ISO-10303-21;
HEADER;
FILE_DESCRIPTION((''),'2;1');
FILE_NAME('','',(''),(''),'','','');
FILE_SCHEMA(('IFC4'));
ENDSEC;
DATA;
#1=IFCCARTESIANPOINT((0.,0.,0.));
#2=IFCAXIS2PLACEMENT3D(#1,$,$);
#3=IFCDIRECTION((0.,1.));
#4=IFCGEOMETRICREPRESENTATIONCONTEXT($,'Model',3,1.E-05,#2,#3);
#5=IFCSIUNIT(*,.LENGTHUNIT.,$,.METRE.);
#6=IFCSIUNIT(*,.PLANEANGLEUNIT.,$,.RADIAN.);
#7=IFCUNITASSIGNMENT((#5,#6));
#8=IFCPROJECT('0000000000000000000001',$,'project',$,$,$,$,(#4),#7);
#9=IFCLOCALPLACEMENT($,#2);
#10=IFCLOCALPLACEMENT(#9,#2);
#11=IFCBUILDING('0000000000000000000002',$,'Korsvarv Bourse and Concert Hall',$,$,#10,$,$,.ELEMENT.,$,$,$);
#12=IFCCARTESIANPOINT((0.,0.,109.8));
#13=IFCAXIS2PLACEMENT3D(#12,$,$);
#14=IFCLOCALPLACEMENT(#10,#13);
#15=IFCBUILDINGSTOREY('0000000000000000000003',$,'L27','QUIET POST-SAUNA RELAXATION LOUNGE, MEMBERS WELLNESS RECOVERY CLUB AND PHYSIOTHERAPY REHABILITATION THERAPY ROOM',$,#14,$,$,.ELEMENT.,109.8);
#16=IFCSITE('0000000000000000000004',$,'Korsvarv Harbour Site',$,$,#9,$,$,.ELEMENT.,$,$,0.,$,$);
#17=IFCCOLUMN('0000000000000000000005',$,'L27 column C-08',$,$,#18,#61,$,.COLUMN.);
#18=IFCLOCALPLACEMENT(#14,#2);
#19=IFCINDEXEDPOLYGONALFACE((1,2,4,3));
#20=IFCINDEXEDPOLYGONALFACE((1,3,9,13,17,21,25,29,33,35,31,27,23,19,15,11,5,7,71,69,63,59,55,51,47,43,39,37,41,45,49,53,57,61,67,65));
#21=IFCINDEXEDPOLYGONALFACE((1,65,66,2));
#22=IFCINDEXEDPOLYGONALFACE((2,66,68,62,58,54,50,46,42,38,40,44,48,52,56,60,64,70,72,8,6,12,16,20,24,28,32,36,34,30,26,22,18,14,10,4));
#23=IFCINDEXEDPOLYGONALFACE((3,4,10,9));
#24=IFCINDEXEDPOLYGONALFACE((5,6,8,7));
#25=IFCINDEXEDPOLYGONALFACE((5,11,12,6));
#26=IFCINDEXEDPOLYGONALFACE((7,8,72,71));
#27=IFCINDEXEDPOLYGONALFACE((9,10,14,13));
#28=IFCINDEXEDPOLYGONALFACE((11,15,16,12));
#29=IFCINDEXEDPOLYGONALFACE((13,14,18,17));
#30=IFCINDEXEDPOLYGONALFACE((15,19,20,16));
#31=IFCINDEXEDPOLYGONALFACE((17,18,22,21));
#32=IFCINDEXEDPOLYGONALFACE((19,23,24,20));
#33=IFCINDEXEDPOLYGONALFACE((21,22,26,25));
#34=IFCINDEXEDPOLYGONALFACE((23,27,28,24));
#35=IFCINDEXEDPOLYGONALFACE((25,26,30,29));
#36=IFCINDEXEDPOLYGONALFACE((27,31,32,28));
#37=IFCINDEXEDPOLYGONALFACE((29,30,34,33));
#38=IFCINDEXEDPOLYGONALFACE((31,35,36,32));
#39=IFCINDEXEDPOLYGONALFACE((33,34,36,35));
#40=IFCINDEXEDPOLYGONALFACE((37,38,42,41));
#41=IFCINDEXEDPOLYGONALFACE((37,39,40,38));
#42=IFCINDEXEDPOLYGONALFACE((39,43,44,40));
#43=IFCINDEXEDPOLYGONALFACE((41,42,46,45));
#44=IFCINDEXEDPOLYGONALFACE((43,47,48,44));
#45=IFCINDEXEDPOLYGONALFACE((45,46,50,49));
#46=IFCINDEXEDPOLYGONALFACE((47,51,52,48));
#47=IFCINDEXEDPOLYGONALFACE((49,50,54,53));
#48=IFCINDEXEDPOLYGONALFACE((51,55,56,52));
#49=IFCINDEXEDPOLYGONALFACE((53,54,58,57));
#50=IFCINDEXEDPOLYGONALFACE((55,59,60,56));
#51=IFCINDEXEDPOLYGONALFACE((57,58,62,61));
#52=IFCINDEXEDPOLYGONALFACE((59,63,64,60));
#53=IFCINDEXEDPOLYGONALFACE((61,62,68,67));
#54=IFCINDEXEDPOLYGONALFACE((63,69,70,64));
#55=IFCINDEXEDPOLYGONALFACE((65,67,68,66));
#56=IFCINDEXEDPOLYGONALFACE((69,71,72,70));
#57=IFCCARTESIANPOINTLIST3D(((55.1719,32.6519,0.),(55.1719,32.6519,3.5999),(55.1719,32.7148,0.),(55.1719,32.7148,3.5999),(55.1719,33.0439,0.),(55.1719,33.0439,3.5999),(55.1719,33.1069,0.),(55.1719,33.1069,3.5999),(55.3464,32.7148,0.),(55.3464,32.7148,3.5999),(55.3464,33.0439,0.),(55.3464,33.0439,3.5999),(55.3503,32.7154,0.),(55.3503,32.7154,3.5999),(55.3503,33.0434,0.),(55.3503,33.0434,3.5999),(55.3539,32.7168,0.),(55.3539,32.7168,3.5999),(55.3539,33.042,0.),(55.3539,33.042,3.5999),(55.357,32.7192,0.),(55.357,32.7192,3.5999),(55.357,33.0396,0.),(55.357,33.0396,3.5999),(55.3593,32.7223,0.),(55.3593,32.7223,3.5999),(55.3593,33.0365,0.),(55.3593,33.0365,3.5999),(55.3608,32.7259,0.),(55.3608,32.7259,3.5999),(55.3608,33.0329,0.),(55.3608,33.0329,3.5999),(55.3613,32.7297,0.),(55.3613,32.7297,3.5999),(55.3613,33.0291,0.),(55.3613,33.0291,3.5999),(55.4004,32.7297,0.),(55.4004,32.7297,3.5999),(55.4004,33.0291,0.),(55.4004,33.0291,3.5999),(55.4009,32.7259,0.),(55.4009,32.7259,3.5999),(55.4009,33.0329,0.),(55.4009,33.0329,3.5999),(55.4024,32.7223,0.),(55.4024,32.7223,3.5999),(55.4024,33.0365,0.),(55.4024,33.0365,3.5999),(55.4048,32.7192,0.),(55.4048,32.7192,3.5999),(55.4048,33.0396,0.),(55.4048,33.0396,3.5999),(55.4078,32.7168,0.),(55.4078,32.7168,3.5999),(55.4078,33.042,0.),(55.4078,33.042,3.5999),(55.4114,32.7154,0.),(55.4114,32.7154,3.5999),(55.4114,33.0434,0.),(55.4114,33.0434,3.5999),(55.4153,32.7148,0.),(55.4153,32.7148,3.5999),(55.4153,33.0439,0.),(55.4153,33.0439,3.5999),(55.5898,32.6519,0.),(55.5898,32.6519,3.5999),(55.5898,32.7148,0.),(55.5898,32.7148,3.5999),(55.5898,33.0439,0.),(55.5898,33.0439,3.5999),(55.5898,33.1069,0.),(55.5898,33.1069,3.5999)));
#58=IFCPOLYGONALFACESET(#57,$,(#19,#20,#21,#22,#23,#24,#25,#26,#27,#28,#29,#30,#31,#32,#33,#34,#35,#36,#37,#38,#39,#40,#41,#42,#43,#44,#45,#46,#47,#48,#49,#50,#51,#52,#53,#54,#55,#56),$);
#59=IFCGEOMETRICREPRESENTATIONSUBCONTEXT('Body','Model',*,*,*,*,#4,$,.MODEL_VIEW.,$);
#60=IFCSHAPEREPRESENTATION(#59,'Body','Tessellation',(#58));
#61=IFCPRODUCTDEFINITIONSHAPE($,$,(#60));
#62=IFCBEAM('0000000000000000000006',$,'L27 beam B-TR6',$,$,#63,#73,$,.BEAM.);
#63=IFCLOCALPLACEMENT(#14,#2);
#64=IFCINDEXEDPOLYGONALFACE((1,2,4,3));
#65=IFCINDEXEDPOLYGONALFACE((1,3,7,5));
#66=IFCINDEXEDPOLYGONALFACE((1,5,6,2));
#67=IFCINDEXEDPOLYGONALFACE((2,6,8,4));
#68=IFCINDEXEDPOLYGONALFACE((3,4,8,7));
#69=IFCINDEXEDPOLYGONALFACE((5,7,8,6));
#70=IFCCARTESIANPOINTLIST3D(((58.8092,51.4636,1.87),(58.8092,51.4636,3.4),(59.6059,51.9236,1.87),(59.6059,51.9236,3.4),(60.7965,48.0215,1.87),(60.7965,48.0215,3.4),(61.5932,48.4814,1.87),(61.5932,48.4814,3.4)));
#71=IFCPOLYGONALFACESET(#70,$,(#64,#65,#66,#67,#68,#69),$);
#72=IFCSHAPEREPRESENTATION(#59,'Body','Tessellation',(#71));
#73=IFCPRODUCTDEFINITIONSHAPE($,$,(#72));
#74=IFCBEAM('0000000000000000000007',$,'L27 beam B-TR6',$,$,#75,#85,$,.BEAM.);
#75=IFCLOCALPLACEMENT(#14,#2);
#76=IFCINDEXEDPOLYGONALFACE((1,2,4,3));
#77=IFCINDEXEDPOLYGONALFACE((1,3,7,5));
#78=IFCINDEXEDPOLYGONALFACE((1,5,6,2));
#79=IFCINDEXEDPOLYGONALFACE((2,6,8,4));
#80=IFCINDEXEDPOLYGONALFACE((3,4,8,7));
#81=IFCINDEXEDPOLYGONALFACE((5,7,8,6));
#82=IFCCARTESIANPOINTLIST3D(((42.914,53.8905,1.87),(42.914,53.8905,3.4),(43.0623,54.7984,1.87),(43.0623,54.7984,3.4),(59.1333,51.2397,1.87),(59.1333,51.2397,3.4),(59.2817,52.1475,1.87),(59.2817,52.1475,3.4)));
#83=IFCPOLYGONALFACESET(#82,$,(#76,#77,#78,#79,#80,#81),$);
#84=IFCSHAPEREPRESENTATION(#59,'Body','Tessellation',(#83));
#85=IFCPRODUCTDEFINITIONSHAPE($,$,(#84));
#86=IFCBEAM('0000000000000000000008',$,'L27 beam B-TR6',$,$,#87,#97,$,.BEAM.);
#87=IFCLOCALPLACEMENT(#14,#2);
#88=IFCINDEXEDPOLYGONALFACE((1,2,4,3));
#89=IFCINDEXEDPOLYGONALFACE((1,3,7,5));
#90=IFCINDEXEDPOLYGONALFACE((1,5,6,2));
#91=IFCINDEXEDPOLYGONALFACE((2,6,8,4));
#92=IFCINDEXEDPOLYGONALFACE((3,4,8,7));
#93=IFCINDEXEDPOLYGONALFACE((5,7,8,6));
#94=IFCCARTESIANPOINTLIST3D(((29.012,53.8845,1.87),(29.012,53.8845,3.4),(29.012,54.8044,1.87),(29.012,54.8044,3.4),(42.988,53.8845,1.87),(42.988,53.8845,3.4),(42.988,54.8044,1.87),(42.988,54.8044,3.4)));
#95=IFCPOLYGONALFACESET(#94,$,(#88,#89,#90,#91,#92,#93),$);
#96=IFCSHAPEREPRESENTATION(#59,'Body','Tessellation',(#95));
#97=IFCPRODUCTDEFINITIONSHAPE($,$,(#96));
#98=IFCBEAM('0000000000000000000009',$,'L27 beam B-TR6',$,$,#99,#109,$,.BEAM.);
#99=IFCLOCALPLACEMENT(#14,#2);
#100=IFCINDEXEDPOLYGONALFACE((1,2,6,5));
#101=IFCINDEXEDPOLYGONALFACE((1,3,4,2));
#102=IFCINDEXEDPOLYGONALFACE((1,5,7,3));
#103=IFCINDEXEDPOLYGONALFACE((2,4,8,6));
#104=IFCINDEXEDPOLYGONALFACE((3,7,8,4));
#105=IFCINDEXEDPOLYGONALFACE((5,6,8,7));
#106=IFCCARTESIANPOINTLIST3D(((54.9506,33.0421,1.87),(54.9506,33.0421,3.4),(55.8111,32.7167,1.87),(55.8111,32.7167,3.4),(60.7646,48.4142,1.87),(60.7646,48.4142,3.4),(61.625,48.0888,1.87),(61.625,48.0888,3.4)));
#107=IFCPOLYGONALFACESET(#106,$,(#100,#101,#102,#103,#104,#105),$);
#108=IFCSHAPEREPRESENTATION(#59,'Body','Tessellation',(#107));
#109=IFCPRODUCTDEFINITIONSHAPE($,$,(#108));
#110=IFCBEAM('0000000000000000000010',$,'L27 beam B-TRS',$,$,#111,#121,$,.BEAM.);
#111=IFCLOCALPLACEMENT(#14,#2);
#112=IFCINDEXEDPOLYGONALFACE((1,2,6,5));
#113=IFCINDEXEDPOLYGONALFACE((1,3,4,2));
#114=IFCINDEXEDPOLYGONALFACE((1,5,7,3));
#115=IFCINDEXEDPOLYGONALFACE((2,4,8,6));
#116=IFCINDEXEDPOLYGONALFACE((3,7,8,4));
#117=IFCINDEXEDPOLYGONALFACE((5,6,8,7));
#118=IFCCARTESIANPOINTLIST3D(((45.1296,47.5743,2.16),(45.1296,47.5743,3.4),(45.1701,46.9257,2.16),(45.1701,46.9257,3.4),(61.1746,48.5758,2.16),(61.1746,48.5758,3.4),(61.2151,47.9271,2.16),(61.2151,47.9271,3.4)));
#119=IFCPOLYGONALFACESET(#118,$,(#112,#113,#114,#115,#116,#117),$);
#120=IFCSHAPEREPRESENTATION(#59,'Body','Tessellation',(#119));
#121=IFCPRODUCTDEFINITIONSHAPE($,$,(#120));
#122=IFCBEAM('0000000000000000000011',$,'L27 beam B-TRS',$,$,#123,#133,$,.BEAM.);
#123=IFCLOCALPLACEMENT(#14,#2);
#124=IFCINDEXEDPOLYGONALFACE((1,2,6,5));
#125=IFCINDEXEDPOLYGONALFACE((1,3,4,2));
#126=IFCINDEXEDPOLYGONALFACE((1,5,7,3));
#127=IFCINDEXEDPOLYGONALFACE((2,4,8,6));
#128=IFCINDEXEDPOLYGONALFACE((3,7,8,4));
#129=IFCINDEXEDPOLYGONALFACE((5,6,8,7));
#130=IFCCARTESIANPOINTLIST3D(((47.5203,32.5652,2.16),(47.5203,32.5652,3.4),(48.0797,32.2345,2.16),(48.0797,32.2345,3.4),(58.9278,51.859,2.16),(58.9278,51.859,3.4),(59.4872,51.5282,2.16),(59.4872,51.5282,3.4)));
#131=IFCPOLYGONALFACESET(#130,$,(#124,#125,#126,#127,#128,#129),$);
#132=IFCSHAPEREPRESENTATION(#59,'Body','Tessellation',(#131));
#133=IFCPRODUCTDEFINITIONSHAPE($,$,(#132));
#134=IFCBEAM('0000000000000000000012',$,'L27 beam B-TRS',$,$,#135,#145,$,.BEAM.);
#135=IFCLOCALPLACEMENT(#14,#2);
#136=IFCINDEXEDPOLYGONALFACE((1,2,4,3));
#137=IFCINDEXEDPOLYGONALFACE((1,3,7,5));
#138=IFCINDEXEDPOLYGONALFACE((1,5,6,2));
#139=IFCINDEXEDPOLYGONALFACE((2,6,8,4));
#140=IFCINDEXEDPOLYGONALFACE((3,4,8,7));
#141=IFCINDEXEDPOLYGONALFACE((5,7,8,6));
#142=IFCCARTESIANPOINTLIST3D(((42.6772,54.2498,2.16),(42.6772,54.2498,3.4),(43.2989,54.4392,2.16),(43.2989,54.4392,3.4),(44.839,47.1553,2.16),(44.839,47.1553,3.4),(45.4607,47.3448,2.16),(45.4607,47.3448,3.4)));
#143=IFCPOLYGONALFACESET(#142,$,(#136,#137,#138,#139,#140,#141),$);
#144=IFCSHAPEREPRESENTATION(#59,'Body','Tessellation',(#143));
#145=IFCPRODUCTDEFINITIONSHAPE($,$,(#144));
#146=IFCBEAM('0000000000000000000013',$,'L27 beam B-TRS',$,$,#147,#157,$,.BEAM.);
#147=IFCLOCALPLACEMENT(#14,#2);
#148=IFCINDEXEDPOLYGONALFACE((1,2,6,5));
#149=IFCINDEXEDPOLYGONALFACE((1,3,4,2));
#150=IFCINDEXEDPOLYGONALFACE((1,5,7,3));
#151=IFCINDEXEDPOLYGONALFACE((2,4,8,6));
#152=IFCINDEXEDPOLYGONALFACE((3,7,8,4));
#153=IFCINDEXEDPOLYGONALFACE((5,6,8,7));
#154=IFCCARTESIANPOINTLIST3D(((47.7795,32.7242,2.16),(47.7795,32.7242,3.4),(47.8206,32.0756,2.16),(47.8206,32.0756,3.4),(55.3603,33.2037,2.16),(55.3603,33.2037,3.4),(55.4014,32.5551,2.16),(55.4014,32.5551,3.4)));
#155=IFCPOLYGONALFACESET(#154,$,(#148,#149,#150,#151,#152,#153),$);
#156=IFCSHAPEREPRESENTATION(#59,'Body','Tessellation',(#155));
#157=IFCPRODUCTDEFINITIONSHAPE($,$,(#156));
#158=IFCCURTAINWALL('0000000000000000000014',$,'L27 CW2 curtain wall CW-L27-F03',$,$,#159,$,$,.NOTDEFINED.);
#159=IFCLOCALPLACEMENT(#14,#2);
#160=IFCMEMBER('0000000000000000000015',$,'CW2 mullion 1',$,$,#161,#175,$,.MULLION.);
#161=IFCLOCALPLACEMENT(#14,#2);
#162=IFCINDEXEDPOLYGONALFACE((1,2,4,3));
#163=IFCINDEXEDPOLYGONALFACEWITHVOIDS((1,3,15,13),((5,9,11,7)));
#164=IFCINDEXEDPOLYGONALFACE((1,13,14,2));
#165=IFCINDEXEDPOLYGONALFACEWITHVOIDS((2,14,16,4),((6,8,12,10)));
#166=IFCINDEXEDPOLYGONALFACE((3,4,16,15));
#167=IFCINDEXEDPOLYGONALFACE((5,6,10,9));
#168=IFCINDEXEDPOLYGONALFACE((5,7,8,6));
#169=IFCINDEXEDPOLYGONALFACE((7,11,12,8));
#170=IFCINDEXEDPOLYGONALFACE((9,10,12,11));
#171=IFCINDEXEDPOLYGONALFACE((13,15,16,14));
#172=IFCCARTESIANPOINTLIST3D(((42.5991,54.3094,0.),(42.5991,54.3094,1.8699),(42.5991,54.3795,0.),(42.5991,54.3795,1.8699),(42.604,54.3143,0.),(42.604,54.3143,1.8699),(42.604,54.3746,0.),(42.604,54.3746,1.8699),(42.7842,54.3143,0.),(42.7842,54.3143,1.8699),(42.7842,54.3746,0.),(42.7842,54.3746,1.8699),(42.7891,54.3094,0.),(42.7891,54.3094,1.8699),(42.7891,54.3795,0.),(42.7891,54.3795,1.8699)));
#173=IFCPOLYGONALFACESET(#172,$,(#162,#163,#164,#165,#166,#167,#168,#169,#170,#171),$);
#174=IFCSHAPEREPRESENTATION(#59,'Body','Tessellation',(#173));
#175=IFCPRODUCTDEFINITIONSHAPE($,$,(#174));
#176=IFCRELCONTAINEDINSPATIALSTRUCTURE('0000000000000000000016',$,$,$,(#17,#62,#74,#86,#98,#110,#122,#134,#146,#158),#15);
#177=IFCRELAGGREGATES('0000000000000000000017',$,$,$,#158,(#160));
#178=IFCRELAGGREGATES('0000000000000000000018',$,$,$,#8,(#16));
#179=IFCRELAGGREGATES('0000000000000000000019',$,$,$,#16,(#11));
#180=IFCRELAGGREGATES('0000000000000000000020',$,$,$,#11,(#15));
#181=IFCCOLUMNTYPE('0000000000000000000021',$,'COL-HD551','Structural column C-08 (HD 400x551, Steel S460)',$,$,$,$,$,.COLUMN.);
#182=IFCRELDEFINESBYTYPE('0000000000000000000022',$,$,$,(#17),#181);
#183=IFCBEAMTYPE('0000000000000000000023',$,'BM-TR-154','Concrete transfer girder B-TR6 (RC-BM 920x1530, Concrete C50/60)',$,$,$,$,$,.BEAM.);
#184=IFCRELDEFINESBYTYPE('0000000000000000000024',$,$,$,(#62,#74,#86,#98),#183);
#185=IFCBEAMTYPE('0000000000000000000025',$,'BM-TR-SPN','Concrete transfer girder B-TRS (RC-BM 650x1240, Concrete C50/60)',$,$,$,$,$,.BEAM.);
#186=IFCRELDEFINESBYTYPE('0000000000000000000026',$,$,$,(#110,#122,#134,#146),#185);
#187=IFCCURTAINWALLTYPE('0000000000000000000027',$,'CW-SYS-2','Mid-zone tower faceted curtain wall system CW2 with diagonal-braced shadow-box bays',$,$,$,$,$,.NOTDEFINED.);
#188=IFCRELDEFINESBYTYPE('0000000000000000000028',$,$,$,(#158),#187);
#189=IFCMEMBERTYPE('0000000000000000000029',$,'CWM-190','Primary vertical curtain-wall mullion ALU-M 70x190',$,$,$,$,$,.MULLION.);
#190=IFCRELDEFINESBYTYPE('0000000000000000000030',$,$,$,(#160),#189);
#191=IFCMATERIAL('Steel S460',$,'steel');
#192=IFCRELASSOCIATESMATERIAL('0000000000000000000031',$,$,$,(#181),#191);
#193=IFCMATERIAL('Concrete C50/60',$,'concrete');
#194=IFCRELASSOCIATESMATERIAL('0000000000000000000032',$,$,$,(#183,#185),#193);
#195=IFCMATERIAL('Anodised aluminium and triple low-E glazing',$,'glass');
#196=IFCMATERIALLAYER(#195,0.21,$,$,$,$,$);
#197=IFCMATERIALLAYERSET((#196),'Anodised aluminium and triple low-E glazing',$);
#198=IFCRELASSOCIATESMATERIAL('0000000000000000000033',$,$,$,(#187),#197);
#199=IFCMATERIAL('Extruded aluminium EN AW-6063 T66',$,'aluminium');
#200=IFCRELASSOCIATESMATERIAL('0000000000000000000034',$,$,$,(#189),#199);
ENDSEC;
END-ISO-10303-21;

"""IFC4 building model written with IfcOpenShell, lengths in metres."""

from ifc_helpers import new_model, si_unit, direction, frame, origin, origin_2d, place, context, subcontext, project, spatial, rectangle, hollow_rectangle, i_section, extrude, source, transform, mapped, material, layer, layer_set, material_profile, profile_set, type_object, element, aggregate, save


model = new_model("IFC4")

# Units and contexts
model_context = context("Model", 3, precision=1e-05, world=origin(), true_north=direction((0.0, 1.0)))
body_context = subcontext(model_context, "Body", "Model", "MODEL_VIEW")
ifc_project = project(units=[si_unit("LENGTHUNIT", "METRE"), si_unit("PLANEANGLEUNIT", "RADIAN")], contexts=[model_context])

# Site, building, storey
site_placement = place(None, origin())
site = spatial("IfcSite", under=ifc_project, at=site_placement, Name="Korsvarv Harbour Site", CompositionType="ELEMENT", RefElevation=0.0)
building_placement = place(site_placement, origin())
building = spatial("IfcBuilding", under=site, at=building_placement, Name="Korsvarv Bourse and Concert Hall", CompositionType="ELEMENT")
storey_placement = place(building_placement, frame((0.0, 0.0, 109.8)))
storey = spatial("IfcBuildingStorey", under=building, at=storey_placement, Name="L27", Description="QUIET POST-SAUNA RELAXATION LOUNGE, MEMBERS WELLNESS RECOVERY CLUB AND PHYSIOTHERAPY REHABILITATION THERAPY ROOM", CompositionType="ELEMENT", Elevation=109.8)

# Column
ifc_material_1 = material(Name="Steel S460", Category="steel")
ifc_material_profile_1 = material_profile(ifc_material_1, i_section(OverallWidth=0.418, OverallDepth=0.4551, WebThickness=0.0391, FlangeThickness=0.063, FilletRadius=0.0149, at=origin_2d()), Name="HD 400x551")
ifc_profile_set_1 = profile_set([ifc_material_profile_1], Name="Steel S460")
column_type_1 = type_object("IfcColumnType", Name="COL-HD551", Description="Structural column C-08 (HD 400x551, Steel S460)", PredefinedType="COLUMN", material=ifc_profile_set_1)
shared_shape_1 = source(origin(), body_context, "Body", "SweptSolid", [
    extrude(i_section(OverallWidth=0.418, OverallDepth=0.4551, WebThickness=0.0391, FlangeThickness=0.063, FilletRadius=0.0149, at=origin_2d()), origin(), (0.0, 0.0, 1.0), 3.5999),
])
for number, where, z_axis, x_axis, name in (
    (1, (55.3809, 32.8794, 0.0), (0.0, 0.0, 1.0), (1.0, 0.0, 0.0), "L27 column C-08"),
):
    element("IfcColumn", number, at=place(storey_placement, frame(where, z_axis=z_axis, x_axis=x_axis)), inside=storey, type_object=column_type_1, Name=name, PredefinedType="COLUMN", context=body_context, shape_type="MappedRepresentation", body=[
        mapped(shared_shape_1, transform((0.0, 0.0, 0.0), scale=1.0)),
    ])

# Beams
ifc_material_2 = material(Name="Concrete C50/60", Category="concrete")
ifc_material_profile_2 = material_profile(ifc_material_2, rectangle(XDim=0.9199, YDim=1.53, at=origin_2d()), Name="RC-BM 920x1530")
ifc_profile_set_2 = profile_set([ifc_material_profile_2], Name="Concrete C50/60")
beam_type_1 = type_object("IfcBeamType", Name="BM-TR-154", Description="Concrete transfer girder B-TR6 (RC-BM 920x1530, Concrete C50/60)", PredefinedType="BEAM", material=ifc_profile_set_2)
shared_shape_2 = source(origin(), body_context, "Body", "SweptSolid", [
    extrude(rectangle(XDim=0.9199, YDim=1.53, at=origin_2d()), origin(), (0.0, 0.0, 1.0), 3.9746),
])
beam_1_placement = place(storey_placement, frame((61.1948, 48.2515, 2.635), z_axis=(-0.499997, 0.866027, 0.0), x_axis=(-0.866027, -0.499997, 0.0)))
element("IfcBeam", 2, at=beam_1_placement, inside=storey, type_object=beam_type_1, Name="L27 beam B-TR6", PredefinedType="BEAM", context=body_context, shape_type="MappedRepresentation", body=[
    mapped(shared_shape_2, transform((0.0, 0.0, 0.0), scale=1.0)),
])
shared_shape_3 = source(origin(), body_context, "Body", "SweptSolid", [
    extrude(rectangle(XDim=0.9199, YDim=1.53, at=origin_2d()), origin(), (0.0, 0.0, 1.0), 16.4346),
])
beam_2_placement = place(storey_placement, frame((59.2075, 51.6936, 2.635), z_axis=(-0.986906, 0.161298, 0.0), x_axis=(-0.161298, -0.986906, 0.0)))
element("IfcBeam", 3, at=beam_2_placement, inside=storey, type_object=beam_type_1, Name="L27 beam B-TR6", PredefinedType="BEAM", context=body_context, shape_type="MappedRepresentation", body=[
    mapped(shared_shape_3, transform((0.0, 0.0, 0.0), scale=1.0)),
])
shared_shape_4 = source(origin(), body_context, "Body", "SweptSolid", [
    extrude(rectangle(XDim=0.9199, YDim=1.53, at=origin_2d()), origin(), (0.0, 0.0, 1.0), 13.9761),
])
beam_3_placement = place(storey_placement, frame((42.988, 54.3445, 2.635), z_axis=(-1.0, 0.0, 0.0), x_axis=(0.0, -1.0, 0.0)))
element("IfcBeam", 4, at=beam_3_placement, inside=storey, type_object=beam_type_1, Name="L27 beam B-TR6", PredefinedType="BEAM", context=body_context, shape_type="MappedRepresentation", body=[
    mapped(shared_shape_4, transform((0.0, 0.0, 0.0), scale=1.0)),
])
shared_shape_5 = source(origin(), body_context, "Body", "SweptSolid", [
    extrude(rectangle(XDim=0.9199, YDim=1.53, at=origin_2d()), origin(), (0.0, 0.0, 1.0), 16.4348),
])
beam_4_placement = place(storey_placement, frame((55.3809, 32.8794, 2.635), z_axis=(0.353759, 0.935336, 0.0), x_axis=(-0.935336, 0.353759, 0.0)))
element("IfcBeam", 5, at=beam_4_placement, inside=storey, type_object=beam_type_1, Name="L27 beam B-TR6", PredefinedType="BEAM", context=body_context, shape_type="MappedRepresentation", body=[
    mapped(shared_shape_5, transform((0.0, 0.0, 0.0), scale=1.0)),
])
ifc_material_profile_3 = material_profile(ifc_material_2, rectangle(XDim=0.6499, YDim=1.24, at=origin_2d()), Name="RC-BM 650x1240")
ifc_profile_set_3 = profile_set([ifc_material_profile_3], Name="Concrete C50/60")
beam_type_2 = type_object("IfcBeamType", Name="BM-TR-SPN", Description="Concrete transfer girder B-TRS (RC-BM 650x1240, Concrete C50/60)", PredefinedType="BEAM", material=ifc_profile_set_3)
shared_shape_6 = source(origin(), body_context, "Body", "SweptSolid", [
    extrude(rectangle(XDim=0.6499, YDim=1.24, at=origin_2d()), origin(), (0.0, 0.0, 1.0), 16.0762),
])
beam_5_placement = place(storey_placement, frame((61.1948, 48.2515, 2.78), z_axis=(-0.998058, -0.062295, 0.0), x_axis=(0.062295, -0.998058, 0.0)))
element("IfcBeam", 6, at=beam_5_placement, inside=storey, type_object=beam_type_2, Name="L27 beam B-TRS", PredefinedType="BEAM", context=body_context, shape_type="MappedRepresentation", body=[
    mapped(shared_shape_6, transform((0.0, 0.0, 0.0), scale=1.0)),
])
shared_shape_7 = source(origin(), body_context, "Body", "SweptSolid", [
    extrude(rectangle(XDim=0.6499, YDim=1.24, at=origin_2d()), origin(), (0.0, 0.0, 1.0), 22.4138),
])
beam_6_placement = place(storey_placement, frame((59.2075, 51.6936, 2.78), z_axis=(-0.508949, -0.860797, 0.0), x_axis=(0.860797, -0.508949, 0.0)))
element("IfcBeam", 7, at=beam_6_placement, inside=storey, type_object=beam_type_2, Name="L27 beam B-TRS", PredefinedType="BEAM", context=body_context, shape_type="MappedRepresentation", body=[
    mapped(shared_shape_7, transform((0.0, 0.0, 0.0), scale=1.0)),
])
shared_shape_8 = source(origin(), body_context, "Body", "SweptSolid", [
    extrude(rectangle(XDim=0.6499, YDim=1.24, at=origin_2d()), origin(), (0.0, 0.0, 1.0), 7.4165),
])
beam_7_placement = place(storey_placement, frame((42.988, 54.3445, 2.78), z_axis=(0.291492, -0.956573, 0.0), x_axis=(0.956573, 0.291492, 0.0)))
element("IfcBeam", 8, at=beam_7_placement, inside=storey, type_object=beam_type_2, Name="L27 beam B-TRS", PredefinedType="BEAM", context=body_context, shape_type="MappedRepresentation", body=[
    mapped(shared_shape_8, transform((0.0, 0.0, 0.0), scale=1.0)),
])
shared_shape_9 = source(origin(), body_context, "Body", "SweptSolid", [
    extrude(rectangle(XDim=0.6499, YDim=1.24, at=origin_2d()), origin(), (0.0, 0.0, 1.0), 7.5959),
])
beam_8_placement = place(storey_placement, frame((55.3809, 32.8794, 2.78), z_axis=(-0.998006, -0.063125, 0.0), x_axis=(0.063125, -0.998006, 0.0)))
element("IfcBeam", 9, at=beam_8_placement, inside=storey, type_object=beam_type_2, Name="L27 beam B-TRS", PredefinedType="BEAM", context=body_context, shape_type="MappedRepresentation", body=[
    mapped(shared_shape_9, transform((0.0, 0.0, 0.0), scale=1.0)),
])

# Curtain wall, member
ifc_material_3 = material(Name="Anodised aluminium and triple low-E glazing", Category="glass")
ifc_layer_1 = layer(ifc_material_3, 0.21)
ifc_layer_set_1 = layer_set([ifc_layer_1], Name="Anodised aluminium and triple low-E glazing")
curtain_wall_type = type_object("IfcCurtainWallType", Name="CW-SYS-2", Description="Mid-zone tower faceted curtain wall system CW2 with diagonal-braced shadow-box bays", PredefinedType="NOTDEFINED", material=ifc_layer_set_1)
curtain_wall_1_placement = place(storey_placement, origin())
curtain_wall_1 = element("IfcCurtainWall", 10, at=curtain_wall_1_placement, inside=storey, type_object=curtain_wall_type, Name="L27 CW2 curtain wall CW-L27-F03", PredefinedType="NOTDEFINED")
ifc_material_4 = material(Name="Extruded aluminium EN AW-6063 T66", Category="aluminium")
ifc_material_profile_4 = material_profile(ifc_material_4, hollow_rectangle(XDim=0.0701, YDim=0.1899, WallThickness=0.0049, at=origin_2d()), Name="ALU-M 70x190")
ifc_profile_set_4 = profile_set([ifc_material_profile_4], Name="Extruded aluminium EN AW-6063 T66")
member_type_1 = type_object("IfcMemberType", Name="CWM-190", Description="Primary vertical curtain-wall mullion ALU-M 70x190", PredefinedType="MULLION", material=ifc_profile_set_4)
shared_shape_10 = source(origin(), body_context, "Body", "SweptSolid", [
    extrude(hollow_rectangle(XDim=0.0701, YDim=0.1899, WallThickness=0.0049, at=origin_2d()), origin(), (0.0, 0.0, 1.0), 1.8699),
])
member_1_placement = place(storey_placement, frame((42.6941, 54.3445, 0.0), z_axis=(0.0, 0.0, 1.0), x_axis=(0.0, -1.0, 0.0)))
member_1 = element("IfcMember", 11, at=member_1_placement, type_object=member_type_1, Name="CW2 mullion 1", PredefinedType="MULLION", context=body_context, shape_type="MappedRepresentation", body=[
    mapped(shared_shape_10, transform((0.0, 0.0, 0.0), scale=1.0)),
])

aggregate(curtain_wall_1, [member_1])

save(model, "model.ifc")
